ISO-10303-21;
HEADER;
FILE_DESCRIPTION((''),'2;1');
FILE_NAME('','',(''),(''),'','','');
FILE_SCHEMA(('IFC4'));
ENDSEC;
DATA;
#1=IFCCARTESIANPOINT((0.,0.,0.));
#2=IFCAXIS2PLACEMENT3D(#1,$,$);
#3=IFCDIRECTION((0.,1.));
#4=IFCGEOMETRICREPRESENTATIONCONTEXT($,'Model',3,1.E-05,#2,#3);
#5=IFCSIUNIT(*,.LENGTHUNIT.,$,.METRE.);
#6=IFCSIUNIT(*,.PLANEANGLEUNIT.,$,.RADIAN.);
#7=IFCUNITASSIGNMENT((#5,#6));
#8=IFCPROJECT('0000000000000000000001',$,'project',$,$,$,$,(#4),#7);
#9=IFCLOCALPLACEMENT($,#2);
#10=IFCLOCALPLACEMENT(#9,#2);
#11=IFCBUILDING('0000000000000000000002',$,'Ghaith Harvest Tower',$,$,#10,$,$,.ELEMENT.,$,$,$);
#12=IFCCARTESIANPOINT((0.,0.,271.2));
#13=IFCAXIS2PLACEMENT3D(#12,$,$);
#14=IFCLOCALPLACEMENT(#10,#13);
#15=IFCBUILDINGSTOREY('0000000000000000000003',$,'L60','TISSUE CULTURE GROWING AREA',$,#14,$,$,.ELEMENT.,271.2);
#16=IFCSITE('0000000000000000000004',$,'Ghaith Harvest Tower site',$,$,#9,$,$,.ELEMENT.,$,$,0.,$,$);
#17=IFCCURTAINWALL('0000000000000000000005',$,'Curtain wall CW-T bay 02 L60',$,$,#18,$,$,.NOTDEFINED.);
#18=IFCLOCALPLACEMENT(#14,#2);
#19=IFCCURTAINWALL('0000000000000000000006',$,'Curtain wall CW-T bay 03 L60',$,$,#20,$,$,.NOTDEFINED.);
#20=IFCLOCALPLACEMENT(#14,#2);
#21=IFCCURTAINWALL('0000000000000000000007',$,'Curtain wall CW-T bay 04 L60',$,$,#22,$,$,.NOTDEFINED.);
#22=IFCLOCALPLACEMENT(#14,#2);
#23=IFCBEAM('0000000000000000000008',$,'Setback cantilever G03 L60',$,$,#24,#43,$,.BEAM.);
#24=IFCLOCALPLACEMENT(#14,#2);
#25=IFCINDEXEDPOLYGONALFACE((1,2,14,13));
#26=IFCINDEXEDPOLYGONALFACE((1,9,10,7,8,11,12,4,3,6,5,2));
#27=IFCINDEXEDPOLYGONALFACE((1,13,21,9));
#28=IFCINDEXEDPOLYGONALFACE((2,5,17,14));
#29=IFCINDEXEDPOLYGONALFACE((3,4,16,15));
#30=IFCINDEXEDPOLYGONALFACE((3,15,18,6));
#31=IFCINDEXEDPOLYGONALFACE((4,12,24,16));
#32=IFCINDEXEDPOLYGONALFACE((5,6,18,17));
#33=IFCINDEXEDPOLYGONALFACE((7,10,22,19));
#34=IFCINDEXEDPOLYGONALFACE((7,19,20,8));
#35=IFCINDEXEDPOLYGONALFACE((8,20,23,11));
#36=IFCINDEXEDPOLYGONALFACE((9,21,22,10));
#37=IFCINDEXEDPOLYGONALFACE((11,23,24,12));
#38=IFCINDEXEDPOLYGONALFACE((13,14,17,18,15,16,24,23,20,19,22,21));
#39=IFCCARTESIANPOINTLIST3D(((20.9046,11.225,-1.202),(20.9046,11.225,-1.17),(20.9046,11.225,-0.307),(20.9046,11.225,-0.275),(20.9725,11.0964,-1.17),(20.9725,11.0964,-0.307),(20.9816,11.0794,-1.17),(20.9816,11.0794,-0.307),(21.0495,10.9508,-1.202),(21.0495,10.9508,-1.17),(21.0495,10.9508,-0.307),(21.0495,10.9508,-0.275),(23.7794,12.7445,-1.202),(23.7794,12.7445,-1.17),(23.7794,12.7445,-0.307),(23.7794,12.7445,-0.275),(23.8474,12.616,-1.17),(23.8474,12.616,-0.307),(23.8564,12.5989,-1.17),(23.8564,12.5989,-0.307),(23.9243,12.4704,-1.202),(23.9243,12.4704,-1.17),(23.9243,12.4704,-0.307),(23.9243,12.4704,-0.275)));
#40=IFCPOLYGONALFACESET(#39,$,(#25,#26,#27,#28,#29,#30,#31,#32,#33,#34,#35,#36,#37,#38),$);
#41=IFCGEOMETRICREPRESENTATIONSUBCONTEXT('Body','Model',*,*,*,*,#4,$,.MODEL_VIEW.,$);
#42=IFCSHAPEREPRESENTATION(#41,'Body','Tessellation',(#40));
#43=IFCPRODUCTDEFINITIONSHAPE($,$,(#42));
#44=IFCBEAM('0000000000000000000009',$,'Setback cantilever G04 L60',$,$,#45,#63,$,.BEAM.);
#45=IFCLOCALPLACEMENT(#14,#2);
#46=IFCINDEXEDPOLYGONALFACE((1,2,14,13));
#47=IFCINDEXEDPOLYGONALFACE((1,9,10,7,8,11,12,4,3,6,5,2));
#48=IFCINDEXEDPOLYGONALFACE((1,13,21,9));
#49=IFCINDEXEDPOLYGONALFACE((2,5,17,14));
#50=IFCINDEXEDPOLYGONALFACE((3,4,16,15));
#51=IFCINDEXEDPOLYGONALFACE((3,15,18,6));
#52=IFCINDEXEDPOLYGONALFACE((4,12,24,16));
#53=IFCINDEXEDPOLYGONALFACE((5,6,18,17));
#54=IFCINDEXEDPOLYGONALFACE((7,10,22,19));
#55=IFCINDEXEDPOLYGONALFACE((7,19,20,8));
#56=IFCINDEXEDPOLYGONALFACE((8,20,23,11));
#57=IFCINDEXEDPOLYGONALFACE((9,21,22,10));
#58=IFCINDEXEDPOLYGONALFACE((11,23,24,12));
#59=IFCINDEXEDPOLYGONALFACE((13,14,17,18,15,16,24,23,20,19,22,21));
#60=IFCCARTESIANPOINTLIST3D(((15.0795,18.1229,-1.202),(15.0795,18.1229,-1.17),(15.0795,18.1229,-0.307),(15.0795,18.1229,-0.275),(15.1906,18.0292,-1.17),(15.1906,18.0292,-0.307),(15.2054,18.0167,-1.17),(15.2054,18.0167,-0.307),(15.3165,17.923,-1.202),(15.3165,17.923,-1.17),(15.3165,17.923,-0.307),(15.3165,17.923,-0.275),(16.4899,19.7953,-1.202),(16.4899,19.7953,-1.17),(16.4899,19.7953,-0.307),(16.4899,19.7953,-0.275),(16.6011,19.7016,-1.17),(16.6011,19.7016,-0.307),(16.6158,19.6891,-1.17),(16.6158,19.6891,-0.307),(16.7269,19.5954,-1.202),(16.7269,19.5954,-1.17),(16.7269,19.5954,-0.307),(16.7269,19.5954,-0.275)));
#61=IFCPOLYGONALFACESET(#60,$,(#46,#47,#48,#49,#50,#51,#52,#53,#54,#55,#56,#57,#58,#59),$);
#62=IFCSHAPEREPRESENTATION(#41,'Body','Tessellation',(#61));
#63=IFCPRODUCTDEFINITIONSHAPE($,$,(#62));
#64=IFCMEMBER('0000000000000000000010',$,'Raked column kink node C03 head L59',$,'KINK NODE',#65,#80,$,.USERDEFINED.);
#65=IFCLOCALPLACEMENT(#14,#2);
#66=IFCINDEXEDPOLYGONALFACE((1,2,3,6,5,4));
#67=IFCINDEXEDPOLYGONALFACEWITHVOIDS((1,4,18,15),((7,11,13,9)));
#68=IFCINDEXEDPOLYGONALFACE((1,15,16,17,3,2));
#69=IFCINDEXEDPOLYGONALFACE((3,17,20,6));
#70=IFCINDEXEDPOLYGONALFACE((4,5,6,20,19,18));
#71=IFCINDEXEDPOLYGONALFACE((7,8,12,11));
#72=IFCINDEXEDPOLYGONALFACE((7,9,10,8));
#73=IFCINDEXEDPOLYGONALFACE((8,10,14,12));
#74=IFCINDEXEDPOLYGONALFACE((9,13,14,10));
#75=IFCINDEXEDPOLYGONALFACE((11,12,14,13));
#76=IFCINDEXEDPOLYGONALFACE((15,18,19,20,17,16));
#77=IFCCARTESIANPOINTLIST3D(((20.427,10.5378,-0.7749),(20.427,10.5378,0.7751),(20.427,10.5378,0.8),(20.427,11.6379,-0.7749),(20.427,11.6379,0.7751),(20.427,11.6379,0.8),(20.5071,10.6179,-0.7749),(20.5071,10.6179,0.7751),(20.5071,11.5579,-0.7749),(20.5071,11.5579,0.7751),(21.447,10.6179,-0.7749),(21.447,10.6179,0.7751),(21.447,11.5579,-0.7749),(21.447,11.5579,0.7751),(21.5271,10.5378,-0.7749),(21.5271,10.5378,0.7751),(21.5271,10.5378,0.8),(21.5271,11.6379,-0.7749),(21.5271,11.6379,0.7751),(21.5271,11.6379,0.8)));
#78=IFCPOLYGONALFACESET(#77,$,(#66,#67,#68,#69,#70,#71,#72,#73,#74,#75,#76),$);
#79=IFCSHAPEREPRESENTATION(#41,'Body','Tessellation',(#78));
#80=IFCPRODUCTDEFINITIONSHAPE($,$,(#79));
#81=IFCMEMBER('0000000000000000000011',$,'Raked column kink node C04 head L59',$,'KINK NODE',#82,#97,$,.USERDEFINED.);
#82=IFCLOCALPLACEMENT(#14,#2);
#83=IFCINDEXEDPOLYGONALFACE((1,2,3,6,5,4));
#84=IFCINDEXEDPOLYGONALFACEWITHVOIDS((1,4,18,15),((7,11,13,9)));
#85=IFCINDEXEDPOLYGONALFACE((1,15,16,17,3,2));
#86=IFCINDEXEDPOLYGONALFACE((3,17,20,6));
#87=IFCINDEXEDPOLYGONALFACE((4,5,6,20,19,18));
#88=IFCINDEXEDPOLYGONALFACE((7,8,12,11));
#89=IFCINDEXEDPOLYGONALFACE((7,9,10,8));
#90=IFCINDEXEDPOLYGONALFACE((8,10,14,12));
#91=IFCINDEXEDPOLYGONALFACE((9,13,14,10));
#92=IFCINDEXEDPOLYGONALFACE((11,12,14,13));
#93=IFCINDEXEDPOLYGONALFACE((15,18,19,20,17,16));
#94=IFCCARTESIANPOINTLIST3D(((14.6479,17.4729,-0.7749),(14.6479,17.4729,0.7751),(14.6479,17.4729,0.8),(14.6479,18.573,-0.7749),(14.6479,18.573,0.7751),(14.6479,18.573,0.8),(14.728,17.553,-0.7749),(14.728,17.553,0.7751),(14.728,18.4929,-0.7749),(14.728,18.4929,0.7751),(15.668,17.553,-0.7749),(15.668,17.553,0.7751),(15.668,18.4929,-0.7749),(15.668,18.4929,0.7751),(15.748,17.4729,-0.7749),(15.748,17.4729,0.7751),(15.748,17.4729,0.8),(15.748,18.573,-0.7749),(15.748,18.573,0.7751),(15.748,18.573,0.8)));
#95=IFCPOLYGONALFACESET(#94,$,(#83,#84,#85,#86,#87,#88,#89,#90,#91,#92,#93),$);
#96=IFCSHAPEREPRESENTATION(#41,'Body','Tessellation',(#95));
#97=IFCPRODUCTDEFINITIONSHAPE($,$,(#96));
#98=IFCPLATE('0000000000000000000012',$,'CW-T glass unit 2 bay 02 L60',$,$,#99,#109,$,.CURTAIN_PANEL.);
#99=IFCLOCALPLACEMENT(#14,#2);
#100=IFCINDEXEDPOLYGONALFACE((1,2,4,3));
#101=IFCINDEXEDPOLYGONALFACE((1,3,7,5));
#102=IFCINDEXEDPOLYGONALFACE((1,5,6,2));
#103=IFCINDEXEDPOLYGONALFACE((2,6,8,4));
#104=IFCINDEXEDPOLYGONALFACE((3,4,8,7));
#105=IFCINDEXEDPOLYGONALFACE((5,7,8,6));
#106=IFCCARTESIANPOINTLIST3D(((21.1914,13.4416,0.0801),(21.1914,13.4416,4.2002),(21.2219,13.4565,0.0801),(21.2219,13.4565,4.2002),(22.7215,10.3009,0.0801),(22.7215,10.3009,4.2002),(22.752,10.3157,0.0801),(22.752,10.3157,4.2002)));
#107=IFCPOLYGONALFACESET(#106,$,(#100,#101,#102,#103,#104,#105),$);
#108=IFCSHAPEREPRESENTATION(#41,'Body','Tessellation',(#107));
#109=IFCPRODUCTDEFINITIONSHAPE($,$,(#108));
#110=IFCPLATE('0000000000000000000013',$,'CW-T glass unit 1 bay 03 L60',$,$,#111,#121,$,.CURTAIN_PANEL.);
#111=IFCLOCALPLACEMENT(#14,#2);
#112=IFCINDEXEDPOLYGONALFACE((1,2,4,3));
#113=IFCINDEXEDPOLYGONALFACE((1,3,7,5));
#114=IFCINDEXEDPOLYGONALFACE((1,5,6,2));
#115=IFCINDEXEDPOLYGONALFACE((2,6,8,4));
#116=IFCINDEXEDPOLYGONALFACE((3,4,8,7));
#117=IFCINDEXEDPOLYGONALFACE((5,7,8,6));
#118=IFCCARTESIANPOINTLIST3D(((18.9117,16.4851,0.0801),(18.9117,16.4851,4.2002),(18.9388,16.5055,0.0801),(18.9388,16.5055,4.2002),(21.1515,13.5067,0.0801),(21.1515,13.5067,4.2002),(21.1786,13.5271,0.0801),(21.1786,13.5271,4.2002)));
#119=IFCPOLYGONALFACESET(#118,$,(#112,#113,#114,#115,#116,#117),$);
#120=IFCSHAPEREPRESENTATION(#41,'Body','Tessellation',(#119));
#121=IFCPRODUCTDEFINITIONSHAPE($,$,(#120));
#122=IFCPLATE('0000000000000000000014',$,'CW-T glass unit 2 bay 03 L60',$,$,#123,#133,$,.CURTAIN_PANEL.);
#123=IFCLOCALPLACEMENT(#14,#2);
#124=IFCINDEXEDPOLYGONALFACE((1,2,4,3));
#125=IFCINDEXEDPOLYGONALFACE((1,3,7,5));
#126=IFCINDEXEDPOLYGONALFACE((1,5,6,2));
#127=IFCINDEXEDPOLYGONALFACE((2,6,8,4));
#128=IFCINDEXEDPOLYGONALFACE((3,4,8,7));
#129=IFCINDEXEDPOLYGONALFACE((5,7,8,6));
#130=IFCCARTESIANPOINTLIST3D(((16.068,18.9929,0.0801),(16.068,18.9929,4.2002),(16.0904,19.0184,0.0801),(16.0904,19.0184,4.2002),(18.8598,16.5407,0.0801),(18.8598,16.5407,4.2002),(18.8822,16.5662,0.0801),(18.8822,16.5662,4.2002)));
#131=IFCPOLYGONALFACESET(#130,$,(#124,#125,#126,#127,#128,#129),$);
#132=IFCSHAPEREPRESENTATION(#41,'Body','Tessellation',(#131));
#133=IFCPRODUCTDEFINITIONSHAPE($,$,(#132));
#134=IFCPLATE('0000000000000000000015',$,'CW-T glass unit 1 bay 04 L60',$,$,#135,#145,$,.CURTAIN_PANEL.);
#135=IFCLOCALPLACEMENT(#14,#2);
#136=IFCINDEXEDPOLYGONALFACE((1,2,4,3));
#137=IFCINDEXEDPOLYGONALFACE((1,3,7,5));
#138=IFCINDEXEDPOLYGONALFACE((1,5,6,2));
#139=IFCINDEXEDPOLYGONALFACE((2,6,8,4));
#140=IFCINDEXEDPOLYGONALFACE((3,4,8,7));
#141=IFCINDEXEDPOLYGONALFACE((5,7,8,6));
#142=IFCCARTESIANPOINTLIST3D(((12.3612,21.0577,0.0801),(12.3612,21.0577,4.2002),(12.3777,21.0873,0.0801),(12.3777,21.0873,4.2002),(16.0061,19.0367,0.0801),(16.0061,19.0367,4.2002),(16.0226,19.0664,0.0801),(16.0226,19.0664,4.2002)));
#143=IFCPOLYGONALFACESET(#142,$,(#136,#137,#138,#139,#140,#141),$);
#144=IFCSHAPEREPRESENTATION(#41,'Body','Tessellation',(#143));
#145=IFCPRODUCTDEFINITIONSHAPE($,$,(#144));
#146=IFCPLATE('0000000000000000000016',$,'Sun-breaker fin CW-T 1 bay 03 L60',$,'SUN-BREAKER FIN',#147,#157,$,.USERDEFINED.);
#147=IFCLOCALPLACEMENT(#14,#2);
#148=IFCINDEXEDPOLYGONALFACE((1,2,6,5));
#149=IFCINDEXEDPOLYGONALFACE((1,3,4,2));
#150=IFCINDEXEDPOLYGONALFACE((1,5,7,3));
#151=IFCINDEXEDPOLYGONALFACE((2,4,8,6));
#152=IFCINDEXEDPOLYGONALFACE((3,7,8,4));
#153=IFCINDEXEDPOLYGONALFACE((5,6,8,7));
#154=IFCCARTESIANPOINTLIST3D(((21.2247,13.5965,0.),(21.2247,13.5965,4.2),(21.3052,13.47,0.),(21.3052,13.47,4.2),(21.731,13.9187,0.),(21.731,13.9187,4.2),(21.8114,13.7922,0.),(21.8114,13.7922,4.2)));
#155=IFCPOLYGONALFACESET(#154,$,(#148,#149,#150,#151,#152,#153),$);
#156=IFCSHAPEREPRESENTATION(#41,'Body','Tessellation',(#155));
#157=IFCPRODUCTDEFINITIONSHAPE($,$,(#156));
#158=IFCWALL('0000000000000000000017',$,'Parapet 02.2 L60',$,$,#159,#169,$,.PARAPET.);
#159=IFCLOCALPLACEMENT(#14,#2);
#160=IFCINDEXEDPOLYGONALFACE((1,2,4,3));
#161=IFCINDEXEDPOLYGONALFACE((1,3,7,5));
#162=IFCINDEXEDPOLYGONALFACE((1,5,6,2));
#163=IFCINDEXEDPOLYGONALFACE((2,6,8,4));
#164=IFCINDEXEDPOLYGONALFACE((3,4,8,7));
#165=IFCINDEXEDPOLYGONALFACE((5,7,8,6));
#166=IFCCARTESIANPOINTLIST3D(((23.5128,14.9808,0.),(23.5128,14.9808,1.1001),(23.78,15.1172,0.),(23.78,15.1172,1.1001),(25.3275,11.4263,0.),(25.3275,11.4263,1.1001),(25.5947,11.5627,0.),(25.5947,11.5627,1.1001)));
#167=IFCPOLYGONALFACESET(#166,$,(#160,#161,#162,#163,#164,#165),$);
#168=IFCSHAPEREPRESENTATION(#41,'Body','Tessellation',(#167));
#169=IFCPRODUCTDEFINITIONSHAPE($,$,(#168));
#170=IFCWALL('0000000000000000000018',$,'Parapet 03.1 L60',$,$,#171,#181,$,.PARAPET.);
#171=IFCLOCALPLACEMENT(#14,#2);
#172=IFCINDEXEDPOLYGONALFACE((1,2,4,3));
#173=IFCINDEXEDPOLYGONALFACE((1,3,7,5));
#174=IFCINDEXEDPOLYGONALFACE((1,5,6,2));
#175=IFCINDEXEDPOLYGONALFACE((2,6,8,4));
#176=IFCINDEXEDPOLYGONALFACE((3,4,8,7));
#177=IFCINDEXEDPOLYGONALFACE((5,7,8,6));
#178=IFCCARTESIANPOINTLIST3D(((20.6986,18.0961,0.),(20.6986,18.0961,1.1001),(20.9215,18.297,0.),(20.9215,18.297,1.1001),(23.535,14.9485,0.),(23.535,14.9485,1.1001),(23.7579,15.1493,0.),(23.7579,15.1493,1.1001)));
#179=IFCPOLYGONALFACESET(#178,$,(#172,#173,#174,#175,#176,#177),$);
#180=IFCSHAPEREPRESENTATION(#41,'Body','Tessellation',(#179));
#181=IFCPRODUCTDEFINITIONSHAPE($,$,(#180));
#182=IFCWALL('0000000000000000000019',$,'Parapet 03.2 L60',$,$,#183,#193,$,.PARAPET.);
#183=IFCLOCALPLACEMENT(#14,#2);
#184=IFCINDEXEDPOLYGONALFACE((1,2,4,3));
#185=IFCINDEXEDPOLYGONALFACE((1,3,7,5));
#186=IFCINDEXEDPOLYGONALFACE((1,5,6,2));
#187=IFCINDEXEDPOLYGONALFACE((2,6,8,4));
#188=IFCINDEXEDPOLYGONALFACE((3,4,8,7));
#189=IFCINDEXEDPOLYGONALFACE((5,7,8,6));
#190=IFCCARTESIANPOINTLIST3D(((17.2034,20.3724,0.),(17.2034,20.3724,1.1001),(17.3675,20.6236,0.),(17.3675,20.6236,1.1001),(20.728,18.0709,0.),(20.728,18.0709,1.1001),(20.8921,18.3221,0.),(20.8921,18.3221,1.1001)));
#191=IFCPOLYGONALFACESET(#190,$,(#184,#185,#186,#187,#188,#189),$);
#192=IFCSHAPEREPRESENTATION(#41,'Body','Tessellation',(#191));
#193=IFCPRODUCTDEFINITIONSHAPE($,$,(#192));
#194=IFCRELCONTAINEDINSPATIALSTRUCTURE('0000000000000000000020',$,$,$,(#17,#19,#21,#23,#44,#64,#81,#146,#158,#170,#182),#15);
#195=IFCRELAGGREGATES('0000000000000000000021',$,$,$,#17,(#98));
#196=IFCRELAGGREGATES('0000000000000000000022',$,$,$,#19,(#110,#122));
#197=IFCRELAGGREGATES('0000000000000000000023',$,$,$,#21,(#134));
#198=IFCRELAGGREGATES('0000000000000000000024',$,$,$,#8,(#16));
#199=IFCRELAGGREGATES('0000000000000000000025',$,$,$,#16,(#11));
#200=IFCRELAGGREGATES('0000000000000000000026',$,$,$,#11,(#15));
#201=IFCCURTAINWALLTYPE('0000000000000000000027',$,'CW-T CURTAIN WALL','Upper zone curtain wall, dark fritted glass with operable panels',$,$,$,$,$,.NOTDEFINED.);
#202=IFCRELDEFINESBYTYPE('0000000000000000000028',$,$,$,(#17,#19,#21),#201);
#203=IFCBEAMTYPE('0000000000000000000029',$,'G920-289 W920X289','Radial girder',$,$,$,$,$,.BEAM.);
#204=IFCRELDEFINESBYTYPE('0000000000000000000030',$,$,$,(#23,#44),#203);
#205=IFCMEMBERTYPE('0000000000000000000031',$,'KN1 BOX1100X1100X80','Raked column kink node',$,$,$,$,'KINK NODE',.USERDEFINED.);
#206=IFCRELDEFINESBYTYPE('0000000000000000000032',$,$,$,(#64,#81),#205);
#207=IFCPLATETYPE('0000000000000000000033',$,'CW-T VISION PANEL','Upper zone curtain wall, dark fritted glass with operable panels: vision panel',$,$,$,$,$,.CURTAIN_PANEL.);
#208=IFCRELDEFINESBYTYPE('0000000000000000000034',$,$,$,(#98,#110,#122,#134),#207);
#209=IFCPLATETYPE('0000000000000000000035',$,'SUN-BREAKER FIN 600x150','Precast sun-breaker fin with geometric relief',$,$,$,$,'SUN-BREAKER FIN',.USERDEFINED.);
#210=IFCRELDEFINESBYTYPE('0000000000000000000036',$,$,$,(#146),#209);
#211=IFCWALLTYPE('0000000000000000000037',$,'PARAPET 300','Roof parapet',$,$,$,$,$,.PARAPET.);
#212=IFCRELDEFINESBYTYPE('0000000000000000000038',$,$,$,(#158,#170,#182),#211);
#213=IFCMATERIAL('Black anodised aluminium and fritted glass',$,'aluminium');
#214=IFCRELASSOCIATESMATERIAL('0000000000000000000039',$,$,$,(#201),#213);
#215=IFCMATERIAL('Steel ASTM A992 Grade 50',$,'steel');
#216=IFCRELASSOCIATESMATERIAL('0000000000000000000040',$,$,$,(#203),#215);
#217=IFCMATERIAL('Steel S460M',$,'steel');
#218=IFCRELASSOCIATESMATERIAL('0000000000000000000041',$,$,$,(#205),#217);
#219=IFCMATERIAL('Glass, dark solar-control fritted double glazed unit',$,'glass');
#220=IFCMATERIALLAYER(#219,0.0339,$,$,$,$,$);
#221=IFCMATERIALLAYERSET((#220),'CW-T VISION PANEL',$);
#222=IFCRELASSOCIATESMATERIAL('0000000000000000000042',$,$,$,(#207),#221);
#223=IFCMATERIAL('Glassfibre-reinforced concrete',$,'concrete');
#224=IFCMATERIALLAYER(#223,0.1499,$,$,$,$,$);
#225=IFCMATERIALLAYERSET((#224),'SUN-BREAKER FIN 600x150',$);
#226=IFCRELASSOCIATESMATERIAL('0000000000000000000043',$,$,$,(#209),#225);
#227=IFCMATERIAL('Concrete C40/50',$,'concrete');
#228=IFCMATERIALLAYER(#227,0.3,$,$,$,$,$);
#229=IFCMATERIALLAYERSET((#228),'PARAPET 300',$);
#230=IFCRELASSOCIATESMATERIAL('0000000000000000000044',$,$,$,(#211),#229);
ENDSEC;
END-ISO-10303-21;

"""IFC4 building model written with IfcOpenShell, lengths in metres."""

from ifc_helpers import new_model, si_unit, direction, frame, frame_2d, origin, origin_2d, place, context, subcontext, project, spatial, rectangle, hollow_rectangle, i_section, extrude, boolean, material, layer, layer_set, material_profile, profile_set, type_object, element, aggregate, save


model = new_model("IFC4")

# Units and contexts
model_context = context("Model", 3, precision=1e-05, world=origin(), true_north=direction((0.0, 1.0)))
body_context = subcontext(model_context, "Body", "Model", "MODEL_VIEW")
ifc_project = project(units=[si_unit("LENGTHUNIT", "METRE"), si_unit("PLANEANGLEUNIT", "RADIAN")], contexts=[model_context])

# Site, building, storey
site_placement = place(None, origin())
site = spatial("IfcSite", under=ifc_project, at=site_placement, Name="Ghaith Harvest Tower site", CompositionType="ELEMENT", RefElevation=0.0)
building_placement = place(site_placement, origin())
building = spatial("IfcBuilding", under=site, at=building_placement, Name="Ghaith Harvest Tower", CompositionType="ELEMENT")
storey_placement = place(building_placement, frame((0.0, 0.0, 271.2)))
storey = spatial("IfcBuildingStorey", under=building, at=storey_placement, Name="L60", Description="TISSUE CULTURE GROWING AREA", CompositionType="ELEMENT", Elevation=271.2)

# Curtain wall
ifc_material_1 = material(Name="Black anodised aluminium and fritted glass", Category="aluminium")
curtain_wall_type = type_object("IfcCurtainWallType", Name="CW-T CURTAIN WALL", Description="Upper zone curtain wall, dark fritted glass with operable panels", PredefinedType="NOTDEFINED", material=ifc_material_1)
curtain_wall_1_placement = place(storey_placement, origin())
curtain_wall_1 = element("IfcCurtainWall", 1, at=curtain_wall_1_placement, inside=storey, type_object=curtain_wall_type, Name="Curtain wall CW-T bay 02 L60", PredefinedType="NOTDEFINED")

# Curtain wall
curtain_wall_2_placement = place(storey_placement, origin())
curtain_wall_2 = element("IfcCurtainWall", 2, at=curtain_wall_2_placement, inside=storey, type_object=curtain_wall_type, Name="Curtain wall CW-T bay 03 L60", PredefinedType="NOTDEFINED")

# Curtain wall
curtain_wall_3_placement = place(storey_placement, origin())
curtain_wall_3 = element("IfcCurtainWall", 3, at=curtain_wall_3_placement, inside=storey, type_object=curtain_wall_type, Name="Curtain wall CW-T bay 04 L60", PredefinedType="NOTDEFINED")

# Beams
ifc_material_2 = material(Name="Steel ASTM A992 Grade 50", Category="steel")
ifc_material_profile_1 = material_profile(ifc_material_2, i_section(OverallWidth=0.3101, OverallDepth=0.927, WebThickness=0.0193, FlangeThickness=0.032, at=origin_2d()), Name="W920X289")
ifc_profile_set_1 = profile_set([ifc_material_profile_1], Name="Steel ASTM A992 Grade 50")
beam_type_1 = type_object("IfcBeamType", Name="G920-289 W920X289", Description="Radial girder", PredefinedType="BEAM", material=ifc_profile_set_1)
beam_1_placement = place(storey_placement, frame((20.9771, 11.0879, -0.7385), z_axis=(0.884093, 0.467312, 0.0), x_axis=(-0.467312, 0.884093, 0.0)))
element("IfcBeam", 4, at=beam_1_placement, inside=storey, type_object=beam_type_1, Name="Setback cantilever G03 L60", PredefinedType="BEAM", context=body_context, shape_type="SweptSolid", body=[
    extrude(i_section(OverallWidth=0.3101, OverallDepth=0.927, WebThickness=0.0193, FlangeThickness=0.032, at=origin_2d()), origin(), (0.0, 0.0, 1.0), 3.2517),
])
beam_2_placement = place(storey_placement, frame((15.198, 18.0229, -0.7385), z_axis=(0.644696, 0.764439, 0.0), x_axis=(-0.764439, 0.644696, 0.0)))
element("IfcBeam", 5, at=beam_2_placement, inside=storey, type_object=beam_type_1, Name="Setback cantilever G04 L60", PredefinedType="BEAM", context=body_context, shape_type="SweptSolid", body=[
    extrude(i_section(OverallWidth=0.3101, OverallDepth=0.927, WebThickness=0.0193, FlangeThickness=0.032, at=origin_2d()), origin(), (0.0, 0.0, 1.0), 2.1877),
])

# Members
ifc_material_3 = material(Name="Steel S460M", Category="steel")
ifc_material_profile_2 = material_profile(ifc_material_3, hollow_rectangle(XDim=1.1001, YDim=1.1001, WallThickness=0.0801, at=origin_2d()), Name="BOX1100X1100X80")
ifc_profile_set_2 = profile_set([ifc_material_profile_2], Name="Steel S460M")
member_type_1 = type_object("IfcMemberType", Name="KN1 BOX1100X1100X80", Description="Raked column kink node", ElementType="KINK NODE", PredefinedType="USERDEFINED", material=ifc_profile_set_2)
for number, where, z_axis, x_axis, name in (
    (6, (20.9771, 11.0879, -0.7749), (0.0, 0.0, 1.0), (1.0, 0.0, 0.0), "Raked column kink node C03 head L59"),
    (7, (15.198, 18.0229, -0.7749), (0.0, 0.0, 1.0), (1.0, 0.0, 0.0), "Raked column kink node C04 head L59"),
):
    element("IfcMember", number, at=place(storey_placement, frame(where, z_axis=z_axis, x_axis=x_axis)), inside=storey, type_object=member_type_1, Name=name, ObjectType="KINK NODE", PredefinedType="USERDEFINED", context=body_context, shape_type="CSG", body=[
        boolean("UNION", extrude(hollow_rectangle(XDim=1.1001, YDim=1.1001, WallThickness=0.0801, at=origin_2d()), origin(), (0.0, 0.0, 1.0), 1.55), extrude(rectangle(XDim=1.1001, YDim=1.1001, at=origin_2d()), frame((0.0, 0.0, 1.55)), (0.0, 0.0, 1.0), 0.0249)),
    ])

# Plates
ifc_material_4 = material(Name="Glass, dark solar-control fritted double glazed unit", Category="glass")
ifc_layer_1 = layer(ifc_material_4, 0.0339)
ifc_layer_set_1 = layer_set([ifc_layer_1], Name="CW-T VISION PANEL")
plate_type_1 = type_object("IfcPlateType", Name="CW-T VISION PANEL", Description="Upper zone curtain wall, dark fritted glass with operable panels: vision panel", PredefinedType="CURTAIN_PANEL", material=ifc_layer_set_1)
plate_1_placement = place(storey_placement, frame((21.9717, 11.8787, 0.0801), z_axis=(0.0, 0.0, 1.0), x_axis=(-0.437968, 0.89899, 0.0)))
plate_1 = element("IfcPlate", 8, at=plate_1_placement, type_object=plate_type_1, Name="CW-T glass unit 2 bay 02 L60", PredefinedType="CURTAIN_PANEL", context=body_context, shape_type="SweptSolid", body=[
    extrude(rectangle(XDim=3.4937, YDim=0.0339, at=origin_2d()), origin(), (0.0, 0.0, 1.0), 4.1201),
])
aggregate(curtain_wall_1, [plate_1])
plate_2_placement = place(storey_placement, frame((20.0452, 15.0061, 0.0801), z_axis=(0.0, 0.0, 1.0), x_axis=(-0.601048, 0.799213, 0.0)))
plate_2 = element("IfcPlate", 9, at=plate_2_placement, type_object=plate_type_1, Name="CW-T glass unit 1 bay 03 L60", PredefinedType="CURTAIN_PANEL", context=body_context, shape_type="SweptSolid", body=[
    extrude(rectangle(XDim=3.7266, YDim=0.0339, at=origin_2d()), origin(), (0.0, 0.0, 1.0), 4.1201),
])
plate_3_placement = place(storey_placement, frame((17.4751, 17.7795, 0.0801), z_axis=(0.0, 0.0, 1.0), x_axis=(-0.751335, 0.659922, 0.0)))
plate_3 = element("IfcPlate", 10, at=plate_3_placement, type_object=plate_type_1, Name="CW-T glass unit 2 bay 03 L60", PredefinedType="CURTAIN_PANEL", context=body_context, shape_type="SweptSolid", body=[
    extrude(rectangle(XDim=3.7158, YDim=0.0339, at=origin_2d()), origin(), (0.0, 0.0, 1.0), 4.1201),
])
aggregate(curtain_wall_2, [plate_2, plate_3])
plate_4_placement = place(storey_placement, frame((14.1919, 20.062, 0.0801), z_axis=(0.0, 0.0, 1.0), x_axis=(-0.874564, 0.48491, 0.0)))
plate_4 = element("IfcPlate", 11, at=plate_4_placement, type_object=plate_type_1, Name="CW-T glass unit 1 bay 04 L60", PredefinedType="CURTAIN_PANEL", context=body_context, shape_type="SweptSolid", body=[
    extrude(rectangle(XDim=4.1677, YDim=0.0339, at=origin_2d()), origin(), (0.0, 0.0, 1.0), 4.1201),
])
aggregate(curtain_wall_3, [plate_4])
ifc_material_5 = material(Name="Glassfibre-reinforced concrete", Category="concrete")
ifc_layer_2 = layer(ifc_material_5, 0.1499)
ifc_layer_set_2 = layer_set([ifc_layer_2], Name="SUN-BREAKER FIN 600x150")
plate_type_2 = type_object("IfcPlateType", Name="SUN-BREAKER FIN 600x150", Description="Precast sun-breaker fin with geometric relief", ElementType="SUN-BREAKER FIN", PredefinedType="USERDEFINED", material=ifc_layer_set_2)
plate_5_placement = place(storey_placement, frame((21.5181, 13.6943, 0.0), z_axis=(0.0, 0.0, 1.0), x_axis=(0.843644, 0.536903, 0.0)))
element("IfcPlate", 12, at=plate_5_placement, inside=storey, type_object=plate_type_2, Name="Sun-breaker fin CW-T 1 bay 03 L60", ObjectType="SUN-BREAKER FIN", PredefinedType="USERDEFINED", context=body_context, shape_type="SweptSolid", body=[
    extrude(rectangle(XDim=0.6001, YDim=0.1499, at=origin_2d()), origin(), (0.0, 0.0, 1.0), 4.2),
])

# Walls
ifc_material_6 = material(Name="Concrete C40/50", Category="concrete")
ifc_layer_3 = layer(ifc_material_6, 0.3)
ifc_layer_set_3 = layer_set([ifc_layer_3], Name="PARAPET 300")
wall_type_1 = type_object("IfcWallType", Name="PARAPET 300", Description="Roof parapet", PredefinedType="PARAPET", material=ifc_layer_set_3)
wall_1_placement = place(storey_placement, frame((25.4612, 11.4944, 0.0), z_axis=(0.0, 0.0, 1.0), x_axis=(-0.45471, 0.89064, 0.0)))
element("IfcWall", 13, at=wall_1_placement, inside=storey, type_object=wall_type_1, Name="Parapet 02.2 L60", PredefinedType="PARAPET", context=body_context, shape_type="SweptSolid", body=[
    extrude(rectangle(XDim=3.991, YDim=0.3, at=frame_2d((1.9956, 0.0))), origin(), (0.0, 0.0, 1.0), 1.1001),
])
wall_2_placement = place(storey_placement, frame((23.6465, 15.0488, 0.0), z_axis=(0.0, 0.0, 1.0), x_axis=(-0.66942, 0.742884, 0.0)))
element("IfcWall", 14, at=wall_2_placement, inside=storey, type_object=wall_type_1, Name="Parapet 03.1 L60", PredefinedType="PARAPET", context=body_context, shape_type="SweptSolid", body=[
    extrude(rectangle(XDim=4.2371, YDim=0.3, at=frame_2d((2.1187, 0.0))), origin(), (0.0, 0.0, 1.0), 1.1001),
])
wall_3_placement = place(storey_placement, frame((20.8101, 18.1965, 0.0), z_axis=(0.0, 0.0, 1.0), x_axis=(-0.837304, 0.546738, 0.0)))
element("IfcWall", 15, at=wall_3_placement, inside=storey, type_object=wall_type_1, Name="Parapet 03.2 L60", PredefinedType="PARAPET", context=body_context, shape_type="SweptSolid", body=[
    extrude(rectangle(XDim=4.2095, YDim=0.3, at=frame_2d((2.1047, 0.0))), origin(), (0.0, 0.0, 1.0), 1.1001),
])

save(model, "model.ifc")
